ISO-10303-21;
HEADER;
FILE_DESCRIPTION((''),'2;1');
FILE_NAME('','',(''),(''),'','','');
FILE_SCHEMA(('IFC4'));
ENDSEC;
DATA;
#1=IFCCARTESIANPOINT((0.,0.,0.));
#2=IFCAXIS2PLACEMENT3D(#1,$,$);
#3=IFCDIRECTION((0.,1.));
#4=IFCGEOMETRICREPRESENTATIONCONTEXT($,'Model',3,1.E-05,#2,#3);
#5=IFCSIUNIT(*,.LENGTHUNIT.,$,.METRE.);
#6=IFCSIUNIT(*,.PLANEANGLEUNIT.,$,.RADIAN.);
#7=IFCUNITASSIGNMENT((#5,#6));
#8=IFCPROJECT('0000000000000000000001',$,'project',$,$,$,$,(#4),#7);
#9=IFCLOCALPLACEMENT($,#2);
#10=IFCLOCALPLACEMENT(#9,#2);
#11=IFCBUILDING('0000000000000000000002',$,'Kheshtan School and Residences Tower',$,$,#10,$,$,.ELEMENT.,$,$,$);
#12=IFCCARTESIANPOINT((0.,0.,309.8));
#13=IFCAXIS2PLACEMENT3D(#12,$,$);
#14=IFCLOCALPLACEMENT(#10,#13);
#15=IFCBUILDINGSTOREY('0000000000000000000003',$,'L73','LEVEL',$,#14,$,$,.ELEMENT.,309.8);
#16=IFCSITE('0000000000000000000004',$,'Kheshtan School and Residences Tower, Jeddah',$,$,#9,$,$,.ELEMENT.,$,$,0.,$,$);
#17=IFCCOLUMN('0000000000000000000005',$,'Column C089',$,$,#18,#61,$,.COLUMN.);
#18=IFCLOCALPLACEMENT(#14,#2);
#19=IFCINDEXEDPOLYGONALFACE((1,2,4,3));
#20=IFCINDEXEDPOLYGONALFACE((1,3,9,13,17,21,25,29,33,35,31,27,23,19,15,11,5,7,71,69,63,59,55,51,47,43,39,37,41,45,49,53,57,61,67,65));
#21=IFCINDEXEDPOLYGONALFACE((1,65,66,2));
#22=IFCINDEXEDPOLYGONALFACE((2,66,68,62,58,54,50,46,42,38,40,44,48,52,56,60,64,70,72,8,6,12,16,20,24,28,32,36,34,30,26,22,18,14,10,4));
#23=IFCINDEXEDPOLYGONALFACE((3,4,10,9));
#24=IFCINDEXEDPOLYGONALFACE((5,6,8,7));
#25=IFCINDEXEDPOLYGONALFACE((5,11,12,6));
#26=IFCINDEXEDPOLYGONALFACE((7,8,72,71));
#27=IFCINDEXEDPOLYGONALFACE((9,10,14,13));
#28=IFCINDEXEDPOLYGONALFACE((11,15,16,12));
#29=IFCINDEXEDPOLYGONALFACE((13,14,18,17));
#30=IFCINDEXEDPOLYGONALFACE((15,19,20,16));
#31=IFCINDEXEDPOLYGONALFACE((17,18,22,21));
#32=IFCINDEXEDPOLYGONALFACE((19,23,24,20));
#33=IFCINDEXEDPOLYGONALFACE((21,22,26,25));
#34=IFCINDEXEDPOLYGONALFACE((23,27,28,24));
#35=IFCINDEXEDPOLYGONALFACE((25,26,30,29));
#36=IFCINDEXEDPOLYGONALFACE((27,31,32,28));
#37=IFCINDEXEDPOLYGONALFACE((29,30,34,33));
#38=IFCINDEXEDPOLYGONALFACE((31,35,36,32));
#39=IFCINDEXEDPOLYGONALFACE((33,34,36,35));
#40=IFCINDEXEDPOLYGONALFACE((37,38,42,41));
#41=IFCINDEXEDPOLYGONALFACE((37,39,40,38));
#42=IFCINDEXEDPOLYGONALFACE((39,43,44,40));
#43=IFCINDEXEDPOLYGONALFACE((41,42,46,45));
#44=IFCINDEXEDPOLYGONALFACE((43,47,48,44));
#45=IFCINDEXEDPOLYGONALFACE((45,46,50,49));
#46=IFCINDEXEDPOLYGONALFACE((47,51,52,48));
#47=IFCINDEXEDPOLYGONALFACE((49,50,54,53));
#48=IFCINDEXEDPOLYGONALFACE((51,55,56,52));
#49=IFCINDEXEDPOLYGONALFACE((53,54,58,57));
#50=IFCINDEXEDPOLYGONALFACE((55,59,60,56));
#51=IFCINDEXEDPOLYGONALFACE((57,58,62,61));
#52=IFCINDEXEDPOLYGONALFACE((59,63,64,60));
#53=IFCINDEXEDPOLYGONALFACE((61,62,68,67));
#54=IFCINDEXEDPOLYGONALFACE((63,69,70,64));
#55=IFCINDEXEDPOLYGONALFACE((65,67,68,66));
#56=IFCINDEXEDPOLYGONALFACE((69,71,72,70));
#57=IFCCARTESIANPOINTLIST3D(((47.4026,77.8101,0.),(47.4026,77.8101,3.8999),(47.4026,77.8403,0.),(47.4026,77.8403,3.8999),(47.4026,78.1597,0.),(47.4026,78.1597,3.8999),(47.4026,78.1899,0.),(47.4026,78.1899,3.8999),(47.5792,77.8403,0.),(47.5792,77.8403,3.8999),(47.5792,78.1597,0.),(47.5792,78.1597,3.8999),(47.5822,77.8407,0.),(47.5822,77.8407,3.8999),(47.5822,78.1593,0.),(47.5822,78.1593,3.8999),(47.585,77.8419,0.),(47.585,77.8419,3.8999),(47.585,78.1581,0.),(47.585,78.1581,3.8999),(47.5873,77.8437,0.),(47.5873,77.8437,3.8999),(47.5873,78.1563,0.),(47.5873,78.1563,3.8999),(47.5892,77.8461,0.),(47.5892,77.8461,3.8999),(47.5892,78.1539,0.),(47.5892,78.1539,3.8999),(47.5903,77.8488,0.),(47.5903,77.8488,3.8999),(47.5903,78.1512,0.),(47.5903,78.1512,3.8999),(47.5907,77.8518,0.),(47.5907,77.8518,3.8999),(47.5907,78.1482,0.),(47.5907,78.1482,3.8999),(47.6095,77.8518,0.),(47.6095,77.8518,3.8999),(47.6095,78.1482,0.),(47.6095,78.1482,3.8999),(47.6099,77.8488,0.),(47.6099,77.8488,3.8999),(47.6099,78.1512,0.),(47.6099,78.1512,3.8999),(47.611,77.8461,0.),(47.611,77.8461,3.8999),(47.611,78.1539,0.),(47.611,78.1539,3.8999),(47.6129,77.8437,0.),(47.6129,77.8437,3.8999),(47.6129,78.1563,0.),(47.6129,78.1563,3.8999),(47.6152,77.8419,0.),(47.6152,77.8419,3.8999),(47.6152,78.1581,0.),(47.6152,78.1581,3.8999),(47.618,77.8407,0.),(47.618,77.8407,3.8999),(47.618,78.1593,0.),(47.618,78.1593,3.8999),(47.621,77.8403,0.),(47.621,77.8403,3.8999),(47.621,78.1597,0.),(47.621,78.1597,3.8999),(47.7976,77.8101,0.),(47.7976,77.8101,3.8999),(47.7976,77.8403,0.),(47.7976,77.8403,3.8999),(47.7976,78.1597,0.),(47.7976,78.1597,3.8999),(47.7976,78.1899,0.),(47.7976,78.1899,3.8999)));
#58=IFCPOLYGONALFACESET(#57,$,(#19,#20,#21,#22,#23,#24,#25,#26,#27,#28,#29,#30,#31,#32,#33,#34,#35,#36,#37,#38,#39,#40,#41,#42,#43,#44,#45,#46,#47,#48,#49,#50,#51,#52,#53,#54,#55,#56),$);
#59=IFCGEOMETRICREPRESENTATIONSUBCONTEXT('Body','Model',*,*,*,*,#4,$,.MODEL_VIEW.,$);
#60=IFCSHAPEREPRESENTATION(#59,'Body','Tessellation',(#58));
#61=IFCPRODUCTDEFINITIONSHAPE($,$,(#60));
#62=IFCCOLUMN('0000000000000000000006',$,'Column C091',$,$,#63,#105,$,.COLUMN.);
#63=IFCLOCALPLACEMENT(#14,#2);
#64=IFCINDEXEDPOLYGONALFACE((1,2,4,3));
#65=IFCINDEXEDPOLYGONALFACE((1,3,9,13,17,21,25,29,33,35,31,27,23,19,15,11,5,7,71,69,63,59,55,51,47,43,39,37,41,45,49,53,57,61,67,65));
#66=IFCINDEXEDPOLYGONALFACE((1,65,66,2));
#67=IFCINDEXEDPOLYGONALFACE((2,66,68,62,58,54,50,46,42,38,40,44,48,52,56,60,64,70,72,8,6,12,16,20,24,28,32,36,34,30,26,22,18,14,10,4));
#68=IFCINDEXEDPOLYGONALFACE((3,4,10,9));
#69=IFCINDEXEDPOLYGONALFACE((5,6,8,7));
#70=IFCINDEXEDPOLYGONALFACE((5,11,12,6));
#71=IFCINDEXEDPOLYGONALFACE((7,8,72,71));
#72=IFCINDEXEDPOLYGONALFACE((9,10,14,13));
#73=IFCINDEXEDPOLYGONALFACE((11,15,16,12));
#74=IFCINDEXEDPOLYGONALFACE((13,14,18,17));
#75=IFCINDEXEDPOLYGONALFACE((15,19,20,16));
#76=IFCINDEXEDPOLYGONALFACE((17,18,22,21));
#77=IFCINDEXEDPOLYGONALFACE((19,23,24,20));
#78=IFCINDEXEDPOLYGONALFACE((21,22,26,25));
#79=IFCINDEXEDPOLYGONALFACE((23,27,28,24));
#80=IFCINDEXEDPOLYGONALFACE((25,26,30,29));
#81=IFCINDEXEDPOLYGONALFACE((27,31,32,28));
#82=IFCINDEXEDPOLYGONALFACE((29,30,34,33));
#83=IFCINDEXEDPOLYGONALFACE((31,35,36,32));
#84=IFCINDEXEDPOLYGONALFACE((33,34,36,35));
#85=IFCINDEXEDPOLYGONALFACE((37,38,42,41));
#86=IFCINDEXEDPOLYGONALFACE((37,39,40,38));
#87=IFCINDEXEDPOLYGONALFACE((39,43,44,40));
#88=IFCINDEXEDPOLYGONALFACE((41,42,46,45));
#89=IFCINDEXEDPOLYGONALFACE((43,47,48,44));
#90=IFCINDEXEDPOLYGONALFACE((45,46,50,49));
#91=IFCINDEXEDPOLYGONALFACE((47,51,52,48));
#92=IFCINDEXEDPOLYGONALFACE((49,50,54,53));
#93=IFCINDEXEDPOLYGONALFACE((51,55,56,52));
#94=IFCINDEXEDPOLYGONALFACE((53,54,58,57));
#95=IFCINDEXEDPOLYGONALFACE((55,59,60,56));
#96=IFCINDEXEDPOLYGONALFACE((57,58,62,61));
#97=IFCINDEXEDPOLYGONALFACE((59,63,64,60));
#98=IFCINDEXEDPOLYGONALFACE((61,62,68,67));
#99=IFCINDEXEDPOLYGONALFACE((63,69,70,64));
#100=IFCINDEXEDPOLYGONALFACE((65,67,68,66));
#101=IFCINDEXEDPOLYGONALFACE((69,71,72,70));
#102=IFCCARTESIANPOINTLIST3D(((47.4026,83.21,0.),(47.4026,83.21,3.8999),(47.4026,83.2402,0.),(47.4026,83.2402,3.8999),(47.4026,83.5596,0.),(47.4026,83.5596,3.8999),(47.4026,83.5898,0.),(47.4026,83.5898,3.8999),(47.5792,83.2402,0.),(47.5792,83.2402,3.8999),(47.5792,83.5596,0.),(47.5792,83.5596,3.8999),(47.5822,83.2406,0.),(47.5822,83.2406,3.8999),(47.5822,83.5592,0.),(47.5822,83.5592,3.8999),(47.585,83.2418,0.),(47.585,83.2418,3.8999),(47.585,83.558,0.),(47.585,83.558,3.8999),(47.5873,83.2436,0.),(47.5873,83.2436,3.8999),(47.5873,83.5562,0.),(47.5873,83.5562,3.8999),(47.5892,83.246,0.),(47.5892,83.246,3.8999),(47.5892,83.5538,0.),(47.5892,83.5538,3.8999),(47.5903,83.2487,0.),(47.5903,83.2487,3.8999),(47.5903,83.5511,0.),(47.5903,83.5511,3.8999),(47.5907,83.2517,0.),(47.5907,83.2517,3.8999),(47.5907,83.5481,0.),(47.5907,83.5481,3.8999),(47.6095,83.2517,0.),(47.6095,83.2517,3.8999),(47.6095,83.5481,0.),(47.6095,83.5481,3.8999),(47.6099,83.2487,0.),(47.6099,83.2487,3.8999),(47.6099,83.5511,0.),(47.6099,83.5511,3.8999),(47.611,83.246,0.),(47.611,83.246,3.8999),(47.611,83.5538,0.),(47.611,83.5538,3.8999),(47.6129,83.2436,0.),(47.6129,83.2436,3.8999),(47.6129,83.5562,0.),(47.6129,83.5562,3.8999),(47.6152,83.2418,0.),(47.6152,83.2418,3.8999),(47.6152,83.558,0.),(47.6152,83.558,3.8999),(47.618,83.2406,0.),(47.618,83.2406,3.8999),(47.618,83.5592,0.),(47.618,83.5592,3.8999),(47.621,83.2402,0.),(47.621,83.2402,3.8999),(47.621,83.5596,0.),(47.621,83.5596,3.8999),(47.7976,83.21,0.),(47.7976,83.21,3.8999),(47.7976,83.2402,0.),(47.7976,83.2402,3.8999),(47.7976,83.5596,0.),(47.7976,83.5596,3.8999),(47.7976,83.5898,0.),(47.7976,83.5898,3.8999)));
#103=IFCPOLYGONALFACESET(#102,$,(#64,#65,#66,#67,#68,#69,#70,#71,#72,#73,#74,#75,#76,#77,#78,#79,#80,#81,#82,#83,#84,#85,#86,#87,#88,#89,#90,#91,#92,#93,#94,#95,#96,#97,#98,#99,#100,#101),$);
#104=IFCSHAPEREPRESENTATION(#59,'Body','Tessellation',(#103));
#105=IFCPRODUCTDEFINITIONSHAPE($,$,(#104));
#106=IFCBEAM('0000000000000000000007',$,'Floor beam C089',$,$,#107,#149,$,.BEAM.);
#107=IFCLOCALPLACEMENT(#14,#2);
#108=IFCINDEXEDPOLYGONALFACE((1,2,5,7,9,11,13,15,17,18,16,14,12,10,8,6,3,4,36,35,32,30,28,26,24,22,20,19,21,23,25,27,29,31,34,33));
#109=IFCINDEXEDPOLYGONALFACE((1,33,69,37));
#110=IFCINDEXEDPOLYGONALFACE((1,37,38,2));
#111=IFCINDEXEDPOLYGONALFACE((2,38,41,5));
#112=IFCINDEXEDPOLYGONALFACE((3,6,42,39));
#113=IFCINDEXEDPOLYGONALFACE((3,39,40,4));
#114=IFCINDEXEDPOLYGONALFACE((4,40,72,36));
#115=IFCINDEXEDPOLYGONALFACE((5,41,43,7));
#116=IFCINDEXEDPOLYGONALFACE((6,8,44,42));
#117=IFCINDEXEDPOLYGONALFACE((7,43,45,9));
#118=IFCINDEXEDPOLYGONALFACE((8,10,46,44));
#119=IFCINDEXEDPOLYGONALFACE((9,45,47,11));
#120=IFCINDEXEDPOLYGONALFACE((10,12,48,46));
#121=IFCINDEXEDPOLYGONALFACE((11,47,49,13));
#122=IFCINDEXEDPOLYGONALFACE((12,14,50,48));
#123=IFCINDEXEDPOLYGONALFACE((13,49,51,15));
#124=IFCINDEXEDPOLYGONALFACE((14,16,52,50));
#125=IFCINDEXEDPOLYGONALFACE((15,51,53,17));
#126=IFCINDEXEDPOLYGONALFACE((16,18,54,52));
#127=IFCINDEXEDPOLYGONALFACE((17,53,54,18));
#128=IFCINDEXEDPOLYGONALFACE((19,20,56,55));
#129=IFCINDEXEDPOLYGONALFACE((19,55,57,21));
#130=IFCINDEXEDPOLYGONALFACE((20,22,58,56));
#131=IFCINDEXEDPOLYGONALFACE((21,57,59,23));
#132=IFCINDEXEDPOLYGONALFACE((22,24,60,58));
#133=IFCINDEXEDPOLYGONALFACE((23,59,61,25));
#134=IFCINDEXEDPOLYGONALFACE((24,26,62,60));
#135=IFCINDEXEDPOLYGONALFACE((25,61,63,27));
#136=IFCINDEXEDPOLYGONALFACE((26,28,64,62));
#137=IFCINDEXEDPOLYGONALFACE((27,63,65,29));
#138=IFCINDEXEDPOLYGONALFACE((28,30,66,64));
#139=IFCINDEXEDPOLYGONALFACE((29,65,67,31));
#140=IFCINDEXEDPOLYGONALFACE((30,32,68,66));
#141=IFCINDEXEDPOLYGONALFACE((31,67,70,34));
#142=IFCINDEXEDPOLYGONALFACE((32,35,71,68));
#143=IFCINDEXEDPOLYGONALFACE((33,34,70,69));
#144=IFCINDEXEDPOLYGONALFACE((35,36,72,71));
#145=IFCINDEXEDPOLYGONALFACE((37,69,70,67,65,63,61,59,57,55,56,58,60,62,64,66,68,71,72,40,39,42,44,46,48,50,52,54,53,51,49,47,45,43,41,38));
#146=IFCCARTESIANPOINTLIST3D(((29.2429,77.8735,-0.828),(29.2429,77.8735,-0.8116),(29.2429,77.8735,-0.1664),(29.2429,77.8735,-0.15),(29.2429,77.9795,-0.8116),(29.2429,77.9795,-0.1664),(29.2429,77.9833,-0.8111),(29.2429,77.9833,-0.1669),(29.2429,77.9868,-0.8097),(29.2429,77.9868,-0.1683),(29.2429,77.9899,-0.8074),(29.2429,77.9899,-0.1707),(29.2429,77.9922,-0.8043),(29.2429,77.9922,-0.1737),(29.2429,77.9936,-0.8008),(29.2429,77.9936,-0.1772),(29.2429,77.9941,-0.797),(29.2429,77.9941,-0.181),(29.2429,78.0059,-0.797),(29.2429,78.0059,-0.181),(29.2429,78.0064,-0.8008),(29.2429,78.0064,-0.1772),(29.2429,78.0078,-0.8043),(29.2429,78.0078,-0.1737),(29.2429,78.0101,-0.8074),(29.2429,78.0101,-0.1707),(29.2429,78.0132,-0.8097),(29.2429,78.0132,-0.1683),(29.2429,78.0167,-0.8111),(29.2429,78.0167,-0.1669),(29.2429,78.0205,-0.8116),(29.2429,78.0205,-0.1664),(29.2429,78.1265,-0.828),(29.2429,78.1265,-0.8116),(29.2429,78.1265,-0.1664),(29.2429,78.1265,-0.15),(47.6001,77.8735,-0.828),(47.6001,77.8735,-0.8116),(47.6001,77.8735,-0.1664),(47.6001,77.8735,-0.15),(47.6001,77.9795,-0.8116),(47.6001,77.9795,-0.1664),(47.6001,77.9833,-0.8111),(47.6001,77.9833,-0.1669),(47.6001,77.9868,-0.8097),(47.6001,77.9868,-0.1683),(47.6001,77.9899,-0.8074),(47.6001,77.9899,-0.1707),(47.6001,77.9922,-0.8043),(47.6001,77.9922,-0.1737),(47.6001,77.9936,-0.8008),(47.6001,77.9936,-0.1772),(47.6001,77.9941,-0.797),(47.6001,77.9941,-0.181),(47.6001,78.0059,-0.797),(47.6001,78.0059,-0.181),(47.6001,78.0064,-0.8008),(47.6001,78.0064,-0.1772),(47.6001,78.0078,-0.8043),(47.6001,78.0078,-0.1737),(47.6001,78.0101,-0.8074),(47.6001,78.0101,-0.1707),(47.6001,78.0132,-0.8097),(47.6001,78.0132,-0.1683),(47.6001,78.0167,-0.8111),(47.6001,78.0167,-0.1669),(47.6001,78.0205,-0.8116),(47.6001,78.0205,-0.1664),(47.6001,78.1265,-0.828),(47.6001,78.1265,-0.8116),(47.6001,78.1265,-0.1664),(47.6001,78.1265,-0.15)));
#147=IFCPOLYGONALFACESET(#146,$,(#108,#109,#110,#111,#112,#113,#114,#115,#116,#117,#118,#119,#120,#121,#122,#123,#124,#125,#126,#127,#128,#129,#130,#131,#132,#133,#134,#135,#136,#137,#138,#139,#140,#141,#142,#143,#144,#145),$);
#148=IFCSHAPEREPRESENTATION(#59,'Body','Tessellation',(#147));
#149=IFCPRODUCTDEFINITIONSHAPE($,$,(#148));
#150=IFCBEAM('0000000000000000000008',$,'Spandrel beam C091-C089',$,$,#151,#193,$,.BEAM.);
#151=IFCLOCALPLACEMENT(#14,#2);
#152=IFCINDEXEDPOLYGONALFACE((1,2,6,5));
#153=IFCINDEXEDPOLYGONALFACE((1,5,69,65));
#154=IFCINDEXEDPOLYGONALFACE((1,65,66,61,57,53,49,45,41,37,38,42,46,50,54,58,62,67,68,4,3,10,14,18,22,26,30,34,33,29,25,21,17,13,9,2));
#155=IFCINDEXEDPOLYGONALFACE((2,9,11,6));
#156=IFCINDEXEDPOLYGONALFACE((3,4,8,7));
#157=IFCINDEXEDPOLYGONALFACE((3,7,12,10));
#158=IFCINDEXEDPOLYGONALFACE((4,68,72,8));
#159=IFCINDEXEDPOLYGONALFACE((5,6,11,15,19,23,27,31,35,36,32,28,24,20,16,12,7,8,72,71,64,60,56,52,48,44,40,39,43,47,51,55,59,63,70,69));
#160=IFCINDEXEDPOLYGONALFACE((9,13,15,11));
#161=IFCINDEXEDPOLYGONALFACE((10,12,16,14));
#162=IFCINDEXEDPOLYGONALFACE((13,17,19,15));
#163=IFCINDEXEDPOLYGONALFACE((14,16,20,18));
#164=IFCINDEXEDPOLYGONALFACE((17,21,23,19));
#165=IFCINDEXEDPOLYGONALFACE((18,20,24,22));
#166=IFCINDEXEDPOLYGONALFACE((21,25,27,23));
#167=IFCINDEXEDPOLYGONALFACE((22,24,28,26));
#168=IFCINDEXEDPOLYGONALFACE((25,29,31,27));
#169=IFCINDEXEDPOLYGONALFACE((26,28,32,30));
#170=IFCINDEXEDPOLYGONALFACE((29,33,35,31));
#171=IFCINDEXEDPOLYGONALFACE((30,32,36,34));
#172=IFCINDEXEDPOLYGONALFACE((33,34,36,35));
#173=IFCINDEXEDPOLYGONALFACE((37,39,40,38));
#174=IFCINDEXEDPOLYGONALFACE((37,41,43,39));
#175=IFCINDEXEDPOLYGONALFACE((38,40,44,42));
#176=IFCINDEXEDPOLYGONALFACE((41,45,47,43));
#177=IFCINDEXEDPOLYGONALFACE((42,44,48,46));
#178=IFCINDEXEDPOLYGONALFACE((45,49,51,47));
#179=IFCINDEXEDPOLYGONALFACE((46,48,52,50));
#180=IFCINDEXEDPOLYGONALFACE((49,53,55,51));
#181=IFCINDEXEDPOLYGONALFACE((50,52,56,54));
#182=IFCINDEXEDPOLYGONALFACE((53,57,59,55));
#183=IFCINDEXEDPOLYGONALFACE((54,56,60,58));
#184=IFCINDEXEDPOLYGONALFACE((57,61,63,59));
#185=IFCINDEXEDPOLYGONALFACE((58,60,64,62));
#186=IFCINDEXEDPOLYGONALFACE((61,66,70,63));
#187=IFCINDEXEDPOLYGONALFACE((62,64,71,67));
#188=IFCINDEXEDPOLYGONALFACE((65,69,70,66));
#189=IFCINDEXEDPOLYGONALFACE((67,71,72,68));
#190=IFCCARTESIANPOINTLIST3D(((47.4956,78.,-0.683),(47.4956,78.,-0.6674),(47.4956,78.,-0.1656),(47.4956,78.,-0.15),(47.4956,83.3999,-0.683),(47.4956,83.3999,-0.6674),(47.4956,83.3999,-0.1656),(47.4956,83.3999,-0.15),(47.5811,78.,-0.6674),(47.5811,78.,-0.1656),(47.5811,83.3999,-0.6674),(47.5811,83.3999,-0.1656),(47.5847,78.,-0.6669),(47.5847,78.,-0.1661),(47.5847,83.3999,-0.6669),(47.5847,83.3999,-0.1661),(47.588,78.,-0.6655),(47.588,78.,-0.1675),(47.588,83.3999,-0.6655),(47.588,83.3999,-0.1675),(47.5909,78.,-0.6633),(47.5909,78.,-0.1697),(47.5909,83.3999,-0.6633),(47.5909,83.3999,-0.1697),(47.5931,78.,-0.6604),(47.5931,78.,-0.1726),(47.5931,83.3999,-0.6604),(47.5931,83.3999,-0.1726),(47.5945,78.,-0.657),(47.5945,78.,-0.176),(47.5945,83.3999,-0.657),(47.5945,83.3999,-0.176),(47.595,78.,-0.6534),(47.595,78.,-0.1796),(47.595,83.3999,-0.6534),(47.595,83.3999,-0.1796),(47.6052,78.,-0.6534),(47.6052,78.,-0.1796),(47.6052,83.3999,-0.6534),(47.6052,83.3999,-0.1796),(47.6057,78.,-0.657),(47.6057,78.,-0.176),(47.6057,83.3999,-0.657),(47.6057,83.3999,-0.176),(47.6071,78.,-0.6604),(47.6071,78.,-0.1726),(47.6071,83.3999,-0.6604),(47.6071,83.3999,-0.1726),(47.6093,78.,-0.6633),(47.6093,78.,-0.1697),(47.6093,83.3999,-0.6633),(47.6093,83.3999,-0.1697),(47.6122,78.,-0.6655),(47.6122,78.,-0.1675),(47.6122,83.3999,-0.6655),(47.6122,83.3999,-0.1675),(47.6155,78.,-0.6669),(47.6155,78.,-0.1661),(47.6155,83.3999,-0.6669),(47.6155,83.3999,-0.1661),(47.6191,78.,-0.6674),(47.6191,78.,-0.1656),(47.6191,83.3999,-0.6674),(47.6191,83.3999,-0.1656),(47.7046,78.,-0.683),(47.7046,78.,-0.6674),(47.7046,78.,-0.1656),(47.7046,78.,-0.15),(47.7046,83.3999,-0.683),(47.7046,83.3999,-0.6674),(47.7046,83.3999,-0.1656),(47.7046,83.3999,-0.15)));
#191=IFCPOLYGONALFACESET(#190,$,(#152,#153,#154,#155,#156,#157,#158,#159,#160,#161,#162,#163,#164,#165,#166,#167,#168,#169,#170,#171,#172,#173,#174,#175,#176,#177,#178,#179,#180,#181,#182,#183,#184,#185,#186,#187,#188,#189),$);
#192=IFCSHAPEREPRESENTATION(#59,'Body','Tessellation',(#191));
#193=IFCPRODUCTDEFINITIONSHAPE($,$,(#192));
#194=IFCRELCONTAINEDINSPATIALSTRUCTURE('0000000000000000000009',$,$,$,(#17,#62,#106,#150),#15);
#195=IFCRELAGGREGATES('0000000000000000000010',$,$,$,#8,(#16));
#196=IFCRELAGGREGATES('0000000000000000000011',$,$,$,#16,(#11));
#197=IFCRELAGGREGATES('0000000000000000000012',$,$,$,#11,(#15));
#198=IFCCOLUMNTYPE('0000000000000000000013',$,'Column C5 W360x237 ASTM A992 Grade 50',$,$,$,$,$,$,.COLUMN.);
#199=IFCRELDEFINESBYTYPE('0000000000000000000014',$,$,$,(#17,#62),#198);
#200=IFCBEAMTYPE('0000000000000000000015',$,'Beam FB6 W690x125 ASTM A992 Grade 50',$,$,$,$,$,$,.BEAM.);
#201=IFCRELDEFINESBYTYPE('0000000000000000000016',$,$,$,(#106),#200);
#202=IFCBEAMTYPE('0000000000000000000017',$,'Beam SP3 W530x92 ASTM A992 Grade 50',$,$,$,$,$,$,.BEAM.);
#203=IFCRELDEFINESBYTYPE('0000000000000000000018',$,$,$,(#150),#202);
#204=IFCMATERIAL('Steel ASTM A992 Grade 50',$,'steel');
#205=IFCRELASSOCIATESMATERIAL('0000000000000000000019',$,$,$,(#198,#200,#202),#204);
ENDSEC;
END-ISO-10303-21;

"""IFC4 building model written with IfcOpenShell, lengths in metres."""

from ifc_helpers import new_model, si_unit, direction, frame, origin, origin_2d, place, context, subcontext, project, spatial, i_section, extrude, material, material_profile, profile_set, type_object, element, save


model = new_model("IFC4")

# Units and contexts
model_context = context("Model", 3, precision=1e-05, world=origin(), true_north=direction((0.0, 1.0)))
body_context = subcontext(model_context, "Body", "Model", "MODEL_VIEW")
ifc_project = project(units=[si_unit("LENGTHUNIT", "METRE"), si_unit("PLANEANGLEUNIT", "RADIAN")], contexts=[model_context])

# Site, building, storey
site_placement = place(None, origin())
site = spatial("IfcSite", under=ifc_project, at=site_placement, Name="Kheshtan School and Residences Tower, Jeddah", CompositionType="ELEMENT", RefElevation=0.0)
building_placement = place(site_placement, origin())
building = spatial("IfcBuilding", under=site, at=building_placement, Name="Kheshtan School and Residences Tower", CompositionType="ELEMENT")
storey_placement = place(building_placement, frame((0.0, 0.0, 309.8)))
storey = spatial("IfcBuildingStorey", under=building, at=storey_placement, Name="L73", Description="LEVEL", CompositionType="ELEMENT", Elevation=309.8)

# Columns
ifc_material_1 = material(Name="Steel ASTM A992 Grade 50", Category="steel")
ifc_material_profile_1 = material_profile(ifc_material_1, i_section(OverallWidth=0.395, OverallDepth=0.3799, WebThickness=0.0188, FlangeThickness=0.0303, FilletRadius=0.0115, at=origin_2d()), Name="W360x237")
ifc_profile_set_1 = profile_set([ifc_material_profile_1], Name="Steel ASTM A992 Grade 50")
column_type = type_object("IfcColumnType", Name="Column C5 W360x237 ASTM A992 Grade 50", PredefinedType="COLUMN", material=ifc_profile_set_1)
for number, where, z_axis, x_axis, name in (
    (1, (47.6001, 78.0, 0.0), (0.0, 0.0, 1.0), (1.0, 0.0, 0.0), "Column C089"),
    (2, (47.6001, 83.3999, 0.0), (0.0, 0.0, 1.0), (1.0, 0.0, 0.0), "Column C091"),
):
    element("IfcColumn", number, at=place(storey_placement, frame(where, z_axis=z_axis, x_axis=x_axis)), inside=storey, type_object=column_type, Name=name, PredefinedType="COLUMN", context=body_context, shape_type="SweptSolid", body=[
        extrude(i_section(OverallWidth=0.395, OverallDepth=0.3799, WebThickness=0.0188, FlangeThickness=0.0303, FilletRadius=0.0115, at=origin_2d()), origin(), (0.0, 0.0, 1.0), 3.8999),
    ])

# Beams
ifc_material_profile_2 = material_profile(ifc_material_1, i_section(OverallWidth=0.2529, OverallDepth=0.678, WebThickness=0.0117, FlangeThickness=0.0164, FilletRadius=0.0146, at=origin_2d()), Name="W690x125")
ifc_profile_set_2 = profile_set([ifc_material_profile_2], Name="Steel ASTM A992 Grade 50")
beam_type_1 = type_object("IfcBeamType", Name="Beam FB6 W690x125 ASTM A992 Grade 50", PredefinedType="BEAM", material=ifc_profile_set_2)
beam_placement = place(storey_placement, frame((47.6001, 78.0, -0.489), z_axis=(-1.0, 0.0, 0.0), x_axis=(0.0, -1.0, 0.0)))
element("IfcBeam", 3, at=beam_placement, inside=storey, type_object=beam_type_1, Name="Floor beam C089", PredefinedType="BEAM", context=body_context, shape_type="SweptSolid", body=[
    extrude(i_section(OverallWidth=0.2529, OverallDepth=0.678, WebThickness=0.0117, FlangeThickness=0.0164, FilletRadius=0.0146, at=origin_2d()), origin(), (0.0, 0.0, 1.0), 18.3572),
])
ifc_material_profile_3 = material_profile(ifc_material_1, i_section(OverallWidth=0.209, OverallDepth=0.533, WebThickness=0.0103, FlangeThickness=0.0156, FilletRadius=0.0139, at=origin_2d()), Name="W530x92")
ifc_profile_set_3 = profile_set([ifc_material_profile_3], Name="Steel ASTM A992 Grade 50")
beam_type_2 = type_object("IfcBeamType", Name="Beam SP3 W530x92 ASTM A992 Grade 50", PredefinedType="BEAM", material=ifc_profile_set_3)
for number, where, z_axis, x_axis, name in (
    (4, (47.6001, 83.3999, -0.4165), (0.0, -1.0, 0.0), (1.0, 0.0, 0.0), "Spandrel beam C091-C089"),
):
    element("IfcBeam", number, at=place(storey_placement, frame(where, z_axis=z_axis, x_axis=x_axis)), inside=storey, type_object=beam_type_2, Name=name, PredefinedType="BEAM", context=body_context, shape_type="SweptSolid", body=[
        extrude(i_section(OverallWidth=0.209, OverallDepth=0.533, WebThickness=0.0103, FlangeThickness=0.0156, FilletRadius=0.0139, at=origin_2d()), origin(), (0.0, 0.0, 1.0), 5.3999),
    ])

save(model, "model.ifc")
